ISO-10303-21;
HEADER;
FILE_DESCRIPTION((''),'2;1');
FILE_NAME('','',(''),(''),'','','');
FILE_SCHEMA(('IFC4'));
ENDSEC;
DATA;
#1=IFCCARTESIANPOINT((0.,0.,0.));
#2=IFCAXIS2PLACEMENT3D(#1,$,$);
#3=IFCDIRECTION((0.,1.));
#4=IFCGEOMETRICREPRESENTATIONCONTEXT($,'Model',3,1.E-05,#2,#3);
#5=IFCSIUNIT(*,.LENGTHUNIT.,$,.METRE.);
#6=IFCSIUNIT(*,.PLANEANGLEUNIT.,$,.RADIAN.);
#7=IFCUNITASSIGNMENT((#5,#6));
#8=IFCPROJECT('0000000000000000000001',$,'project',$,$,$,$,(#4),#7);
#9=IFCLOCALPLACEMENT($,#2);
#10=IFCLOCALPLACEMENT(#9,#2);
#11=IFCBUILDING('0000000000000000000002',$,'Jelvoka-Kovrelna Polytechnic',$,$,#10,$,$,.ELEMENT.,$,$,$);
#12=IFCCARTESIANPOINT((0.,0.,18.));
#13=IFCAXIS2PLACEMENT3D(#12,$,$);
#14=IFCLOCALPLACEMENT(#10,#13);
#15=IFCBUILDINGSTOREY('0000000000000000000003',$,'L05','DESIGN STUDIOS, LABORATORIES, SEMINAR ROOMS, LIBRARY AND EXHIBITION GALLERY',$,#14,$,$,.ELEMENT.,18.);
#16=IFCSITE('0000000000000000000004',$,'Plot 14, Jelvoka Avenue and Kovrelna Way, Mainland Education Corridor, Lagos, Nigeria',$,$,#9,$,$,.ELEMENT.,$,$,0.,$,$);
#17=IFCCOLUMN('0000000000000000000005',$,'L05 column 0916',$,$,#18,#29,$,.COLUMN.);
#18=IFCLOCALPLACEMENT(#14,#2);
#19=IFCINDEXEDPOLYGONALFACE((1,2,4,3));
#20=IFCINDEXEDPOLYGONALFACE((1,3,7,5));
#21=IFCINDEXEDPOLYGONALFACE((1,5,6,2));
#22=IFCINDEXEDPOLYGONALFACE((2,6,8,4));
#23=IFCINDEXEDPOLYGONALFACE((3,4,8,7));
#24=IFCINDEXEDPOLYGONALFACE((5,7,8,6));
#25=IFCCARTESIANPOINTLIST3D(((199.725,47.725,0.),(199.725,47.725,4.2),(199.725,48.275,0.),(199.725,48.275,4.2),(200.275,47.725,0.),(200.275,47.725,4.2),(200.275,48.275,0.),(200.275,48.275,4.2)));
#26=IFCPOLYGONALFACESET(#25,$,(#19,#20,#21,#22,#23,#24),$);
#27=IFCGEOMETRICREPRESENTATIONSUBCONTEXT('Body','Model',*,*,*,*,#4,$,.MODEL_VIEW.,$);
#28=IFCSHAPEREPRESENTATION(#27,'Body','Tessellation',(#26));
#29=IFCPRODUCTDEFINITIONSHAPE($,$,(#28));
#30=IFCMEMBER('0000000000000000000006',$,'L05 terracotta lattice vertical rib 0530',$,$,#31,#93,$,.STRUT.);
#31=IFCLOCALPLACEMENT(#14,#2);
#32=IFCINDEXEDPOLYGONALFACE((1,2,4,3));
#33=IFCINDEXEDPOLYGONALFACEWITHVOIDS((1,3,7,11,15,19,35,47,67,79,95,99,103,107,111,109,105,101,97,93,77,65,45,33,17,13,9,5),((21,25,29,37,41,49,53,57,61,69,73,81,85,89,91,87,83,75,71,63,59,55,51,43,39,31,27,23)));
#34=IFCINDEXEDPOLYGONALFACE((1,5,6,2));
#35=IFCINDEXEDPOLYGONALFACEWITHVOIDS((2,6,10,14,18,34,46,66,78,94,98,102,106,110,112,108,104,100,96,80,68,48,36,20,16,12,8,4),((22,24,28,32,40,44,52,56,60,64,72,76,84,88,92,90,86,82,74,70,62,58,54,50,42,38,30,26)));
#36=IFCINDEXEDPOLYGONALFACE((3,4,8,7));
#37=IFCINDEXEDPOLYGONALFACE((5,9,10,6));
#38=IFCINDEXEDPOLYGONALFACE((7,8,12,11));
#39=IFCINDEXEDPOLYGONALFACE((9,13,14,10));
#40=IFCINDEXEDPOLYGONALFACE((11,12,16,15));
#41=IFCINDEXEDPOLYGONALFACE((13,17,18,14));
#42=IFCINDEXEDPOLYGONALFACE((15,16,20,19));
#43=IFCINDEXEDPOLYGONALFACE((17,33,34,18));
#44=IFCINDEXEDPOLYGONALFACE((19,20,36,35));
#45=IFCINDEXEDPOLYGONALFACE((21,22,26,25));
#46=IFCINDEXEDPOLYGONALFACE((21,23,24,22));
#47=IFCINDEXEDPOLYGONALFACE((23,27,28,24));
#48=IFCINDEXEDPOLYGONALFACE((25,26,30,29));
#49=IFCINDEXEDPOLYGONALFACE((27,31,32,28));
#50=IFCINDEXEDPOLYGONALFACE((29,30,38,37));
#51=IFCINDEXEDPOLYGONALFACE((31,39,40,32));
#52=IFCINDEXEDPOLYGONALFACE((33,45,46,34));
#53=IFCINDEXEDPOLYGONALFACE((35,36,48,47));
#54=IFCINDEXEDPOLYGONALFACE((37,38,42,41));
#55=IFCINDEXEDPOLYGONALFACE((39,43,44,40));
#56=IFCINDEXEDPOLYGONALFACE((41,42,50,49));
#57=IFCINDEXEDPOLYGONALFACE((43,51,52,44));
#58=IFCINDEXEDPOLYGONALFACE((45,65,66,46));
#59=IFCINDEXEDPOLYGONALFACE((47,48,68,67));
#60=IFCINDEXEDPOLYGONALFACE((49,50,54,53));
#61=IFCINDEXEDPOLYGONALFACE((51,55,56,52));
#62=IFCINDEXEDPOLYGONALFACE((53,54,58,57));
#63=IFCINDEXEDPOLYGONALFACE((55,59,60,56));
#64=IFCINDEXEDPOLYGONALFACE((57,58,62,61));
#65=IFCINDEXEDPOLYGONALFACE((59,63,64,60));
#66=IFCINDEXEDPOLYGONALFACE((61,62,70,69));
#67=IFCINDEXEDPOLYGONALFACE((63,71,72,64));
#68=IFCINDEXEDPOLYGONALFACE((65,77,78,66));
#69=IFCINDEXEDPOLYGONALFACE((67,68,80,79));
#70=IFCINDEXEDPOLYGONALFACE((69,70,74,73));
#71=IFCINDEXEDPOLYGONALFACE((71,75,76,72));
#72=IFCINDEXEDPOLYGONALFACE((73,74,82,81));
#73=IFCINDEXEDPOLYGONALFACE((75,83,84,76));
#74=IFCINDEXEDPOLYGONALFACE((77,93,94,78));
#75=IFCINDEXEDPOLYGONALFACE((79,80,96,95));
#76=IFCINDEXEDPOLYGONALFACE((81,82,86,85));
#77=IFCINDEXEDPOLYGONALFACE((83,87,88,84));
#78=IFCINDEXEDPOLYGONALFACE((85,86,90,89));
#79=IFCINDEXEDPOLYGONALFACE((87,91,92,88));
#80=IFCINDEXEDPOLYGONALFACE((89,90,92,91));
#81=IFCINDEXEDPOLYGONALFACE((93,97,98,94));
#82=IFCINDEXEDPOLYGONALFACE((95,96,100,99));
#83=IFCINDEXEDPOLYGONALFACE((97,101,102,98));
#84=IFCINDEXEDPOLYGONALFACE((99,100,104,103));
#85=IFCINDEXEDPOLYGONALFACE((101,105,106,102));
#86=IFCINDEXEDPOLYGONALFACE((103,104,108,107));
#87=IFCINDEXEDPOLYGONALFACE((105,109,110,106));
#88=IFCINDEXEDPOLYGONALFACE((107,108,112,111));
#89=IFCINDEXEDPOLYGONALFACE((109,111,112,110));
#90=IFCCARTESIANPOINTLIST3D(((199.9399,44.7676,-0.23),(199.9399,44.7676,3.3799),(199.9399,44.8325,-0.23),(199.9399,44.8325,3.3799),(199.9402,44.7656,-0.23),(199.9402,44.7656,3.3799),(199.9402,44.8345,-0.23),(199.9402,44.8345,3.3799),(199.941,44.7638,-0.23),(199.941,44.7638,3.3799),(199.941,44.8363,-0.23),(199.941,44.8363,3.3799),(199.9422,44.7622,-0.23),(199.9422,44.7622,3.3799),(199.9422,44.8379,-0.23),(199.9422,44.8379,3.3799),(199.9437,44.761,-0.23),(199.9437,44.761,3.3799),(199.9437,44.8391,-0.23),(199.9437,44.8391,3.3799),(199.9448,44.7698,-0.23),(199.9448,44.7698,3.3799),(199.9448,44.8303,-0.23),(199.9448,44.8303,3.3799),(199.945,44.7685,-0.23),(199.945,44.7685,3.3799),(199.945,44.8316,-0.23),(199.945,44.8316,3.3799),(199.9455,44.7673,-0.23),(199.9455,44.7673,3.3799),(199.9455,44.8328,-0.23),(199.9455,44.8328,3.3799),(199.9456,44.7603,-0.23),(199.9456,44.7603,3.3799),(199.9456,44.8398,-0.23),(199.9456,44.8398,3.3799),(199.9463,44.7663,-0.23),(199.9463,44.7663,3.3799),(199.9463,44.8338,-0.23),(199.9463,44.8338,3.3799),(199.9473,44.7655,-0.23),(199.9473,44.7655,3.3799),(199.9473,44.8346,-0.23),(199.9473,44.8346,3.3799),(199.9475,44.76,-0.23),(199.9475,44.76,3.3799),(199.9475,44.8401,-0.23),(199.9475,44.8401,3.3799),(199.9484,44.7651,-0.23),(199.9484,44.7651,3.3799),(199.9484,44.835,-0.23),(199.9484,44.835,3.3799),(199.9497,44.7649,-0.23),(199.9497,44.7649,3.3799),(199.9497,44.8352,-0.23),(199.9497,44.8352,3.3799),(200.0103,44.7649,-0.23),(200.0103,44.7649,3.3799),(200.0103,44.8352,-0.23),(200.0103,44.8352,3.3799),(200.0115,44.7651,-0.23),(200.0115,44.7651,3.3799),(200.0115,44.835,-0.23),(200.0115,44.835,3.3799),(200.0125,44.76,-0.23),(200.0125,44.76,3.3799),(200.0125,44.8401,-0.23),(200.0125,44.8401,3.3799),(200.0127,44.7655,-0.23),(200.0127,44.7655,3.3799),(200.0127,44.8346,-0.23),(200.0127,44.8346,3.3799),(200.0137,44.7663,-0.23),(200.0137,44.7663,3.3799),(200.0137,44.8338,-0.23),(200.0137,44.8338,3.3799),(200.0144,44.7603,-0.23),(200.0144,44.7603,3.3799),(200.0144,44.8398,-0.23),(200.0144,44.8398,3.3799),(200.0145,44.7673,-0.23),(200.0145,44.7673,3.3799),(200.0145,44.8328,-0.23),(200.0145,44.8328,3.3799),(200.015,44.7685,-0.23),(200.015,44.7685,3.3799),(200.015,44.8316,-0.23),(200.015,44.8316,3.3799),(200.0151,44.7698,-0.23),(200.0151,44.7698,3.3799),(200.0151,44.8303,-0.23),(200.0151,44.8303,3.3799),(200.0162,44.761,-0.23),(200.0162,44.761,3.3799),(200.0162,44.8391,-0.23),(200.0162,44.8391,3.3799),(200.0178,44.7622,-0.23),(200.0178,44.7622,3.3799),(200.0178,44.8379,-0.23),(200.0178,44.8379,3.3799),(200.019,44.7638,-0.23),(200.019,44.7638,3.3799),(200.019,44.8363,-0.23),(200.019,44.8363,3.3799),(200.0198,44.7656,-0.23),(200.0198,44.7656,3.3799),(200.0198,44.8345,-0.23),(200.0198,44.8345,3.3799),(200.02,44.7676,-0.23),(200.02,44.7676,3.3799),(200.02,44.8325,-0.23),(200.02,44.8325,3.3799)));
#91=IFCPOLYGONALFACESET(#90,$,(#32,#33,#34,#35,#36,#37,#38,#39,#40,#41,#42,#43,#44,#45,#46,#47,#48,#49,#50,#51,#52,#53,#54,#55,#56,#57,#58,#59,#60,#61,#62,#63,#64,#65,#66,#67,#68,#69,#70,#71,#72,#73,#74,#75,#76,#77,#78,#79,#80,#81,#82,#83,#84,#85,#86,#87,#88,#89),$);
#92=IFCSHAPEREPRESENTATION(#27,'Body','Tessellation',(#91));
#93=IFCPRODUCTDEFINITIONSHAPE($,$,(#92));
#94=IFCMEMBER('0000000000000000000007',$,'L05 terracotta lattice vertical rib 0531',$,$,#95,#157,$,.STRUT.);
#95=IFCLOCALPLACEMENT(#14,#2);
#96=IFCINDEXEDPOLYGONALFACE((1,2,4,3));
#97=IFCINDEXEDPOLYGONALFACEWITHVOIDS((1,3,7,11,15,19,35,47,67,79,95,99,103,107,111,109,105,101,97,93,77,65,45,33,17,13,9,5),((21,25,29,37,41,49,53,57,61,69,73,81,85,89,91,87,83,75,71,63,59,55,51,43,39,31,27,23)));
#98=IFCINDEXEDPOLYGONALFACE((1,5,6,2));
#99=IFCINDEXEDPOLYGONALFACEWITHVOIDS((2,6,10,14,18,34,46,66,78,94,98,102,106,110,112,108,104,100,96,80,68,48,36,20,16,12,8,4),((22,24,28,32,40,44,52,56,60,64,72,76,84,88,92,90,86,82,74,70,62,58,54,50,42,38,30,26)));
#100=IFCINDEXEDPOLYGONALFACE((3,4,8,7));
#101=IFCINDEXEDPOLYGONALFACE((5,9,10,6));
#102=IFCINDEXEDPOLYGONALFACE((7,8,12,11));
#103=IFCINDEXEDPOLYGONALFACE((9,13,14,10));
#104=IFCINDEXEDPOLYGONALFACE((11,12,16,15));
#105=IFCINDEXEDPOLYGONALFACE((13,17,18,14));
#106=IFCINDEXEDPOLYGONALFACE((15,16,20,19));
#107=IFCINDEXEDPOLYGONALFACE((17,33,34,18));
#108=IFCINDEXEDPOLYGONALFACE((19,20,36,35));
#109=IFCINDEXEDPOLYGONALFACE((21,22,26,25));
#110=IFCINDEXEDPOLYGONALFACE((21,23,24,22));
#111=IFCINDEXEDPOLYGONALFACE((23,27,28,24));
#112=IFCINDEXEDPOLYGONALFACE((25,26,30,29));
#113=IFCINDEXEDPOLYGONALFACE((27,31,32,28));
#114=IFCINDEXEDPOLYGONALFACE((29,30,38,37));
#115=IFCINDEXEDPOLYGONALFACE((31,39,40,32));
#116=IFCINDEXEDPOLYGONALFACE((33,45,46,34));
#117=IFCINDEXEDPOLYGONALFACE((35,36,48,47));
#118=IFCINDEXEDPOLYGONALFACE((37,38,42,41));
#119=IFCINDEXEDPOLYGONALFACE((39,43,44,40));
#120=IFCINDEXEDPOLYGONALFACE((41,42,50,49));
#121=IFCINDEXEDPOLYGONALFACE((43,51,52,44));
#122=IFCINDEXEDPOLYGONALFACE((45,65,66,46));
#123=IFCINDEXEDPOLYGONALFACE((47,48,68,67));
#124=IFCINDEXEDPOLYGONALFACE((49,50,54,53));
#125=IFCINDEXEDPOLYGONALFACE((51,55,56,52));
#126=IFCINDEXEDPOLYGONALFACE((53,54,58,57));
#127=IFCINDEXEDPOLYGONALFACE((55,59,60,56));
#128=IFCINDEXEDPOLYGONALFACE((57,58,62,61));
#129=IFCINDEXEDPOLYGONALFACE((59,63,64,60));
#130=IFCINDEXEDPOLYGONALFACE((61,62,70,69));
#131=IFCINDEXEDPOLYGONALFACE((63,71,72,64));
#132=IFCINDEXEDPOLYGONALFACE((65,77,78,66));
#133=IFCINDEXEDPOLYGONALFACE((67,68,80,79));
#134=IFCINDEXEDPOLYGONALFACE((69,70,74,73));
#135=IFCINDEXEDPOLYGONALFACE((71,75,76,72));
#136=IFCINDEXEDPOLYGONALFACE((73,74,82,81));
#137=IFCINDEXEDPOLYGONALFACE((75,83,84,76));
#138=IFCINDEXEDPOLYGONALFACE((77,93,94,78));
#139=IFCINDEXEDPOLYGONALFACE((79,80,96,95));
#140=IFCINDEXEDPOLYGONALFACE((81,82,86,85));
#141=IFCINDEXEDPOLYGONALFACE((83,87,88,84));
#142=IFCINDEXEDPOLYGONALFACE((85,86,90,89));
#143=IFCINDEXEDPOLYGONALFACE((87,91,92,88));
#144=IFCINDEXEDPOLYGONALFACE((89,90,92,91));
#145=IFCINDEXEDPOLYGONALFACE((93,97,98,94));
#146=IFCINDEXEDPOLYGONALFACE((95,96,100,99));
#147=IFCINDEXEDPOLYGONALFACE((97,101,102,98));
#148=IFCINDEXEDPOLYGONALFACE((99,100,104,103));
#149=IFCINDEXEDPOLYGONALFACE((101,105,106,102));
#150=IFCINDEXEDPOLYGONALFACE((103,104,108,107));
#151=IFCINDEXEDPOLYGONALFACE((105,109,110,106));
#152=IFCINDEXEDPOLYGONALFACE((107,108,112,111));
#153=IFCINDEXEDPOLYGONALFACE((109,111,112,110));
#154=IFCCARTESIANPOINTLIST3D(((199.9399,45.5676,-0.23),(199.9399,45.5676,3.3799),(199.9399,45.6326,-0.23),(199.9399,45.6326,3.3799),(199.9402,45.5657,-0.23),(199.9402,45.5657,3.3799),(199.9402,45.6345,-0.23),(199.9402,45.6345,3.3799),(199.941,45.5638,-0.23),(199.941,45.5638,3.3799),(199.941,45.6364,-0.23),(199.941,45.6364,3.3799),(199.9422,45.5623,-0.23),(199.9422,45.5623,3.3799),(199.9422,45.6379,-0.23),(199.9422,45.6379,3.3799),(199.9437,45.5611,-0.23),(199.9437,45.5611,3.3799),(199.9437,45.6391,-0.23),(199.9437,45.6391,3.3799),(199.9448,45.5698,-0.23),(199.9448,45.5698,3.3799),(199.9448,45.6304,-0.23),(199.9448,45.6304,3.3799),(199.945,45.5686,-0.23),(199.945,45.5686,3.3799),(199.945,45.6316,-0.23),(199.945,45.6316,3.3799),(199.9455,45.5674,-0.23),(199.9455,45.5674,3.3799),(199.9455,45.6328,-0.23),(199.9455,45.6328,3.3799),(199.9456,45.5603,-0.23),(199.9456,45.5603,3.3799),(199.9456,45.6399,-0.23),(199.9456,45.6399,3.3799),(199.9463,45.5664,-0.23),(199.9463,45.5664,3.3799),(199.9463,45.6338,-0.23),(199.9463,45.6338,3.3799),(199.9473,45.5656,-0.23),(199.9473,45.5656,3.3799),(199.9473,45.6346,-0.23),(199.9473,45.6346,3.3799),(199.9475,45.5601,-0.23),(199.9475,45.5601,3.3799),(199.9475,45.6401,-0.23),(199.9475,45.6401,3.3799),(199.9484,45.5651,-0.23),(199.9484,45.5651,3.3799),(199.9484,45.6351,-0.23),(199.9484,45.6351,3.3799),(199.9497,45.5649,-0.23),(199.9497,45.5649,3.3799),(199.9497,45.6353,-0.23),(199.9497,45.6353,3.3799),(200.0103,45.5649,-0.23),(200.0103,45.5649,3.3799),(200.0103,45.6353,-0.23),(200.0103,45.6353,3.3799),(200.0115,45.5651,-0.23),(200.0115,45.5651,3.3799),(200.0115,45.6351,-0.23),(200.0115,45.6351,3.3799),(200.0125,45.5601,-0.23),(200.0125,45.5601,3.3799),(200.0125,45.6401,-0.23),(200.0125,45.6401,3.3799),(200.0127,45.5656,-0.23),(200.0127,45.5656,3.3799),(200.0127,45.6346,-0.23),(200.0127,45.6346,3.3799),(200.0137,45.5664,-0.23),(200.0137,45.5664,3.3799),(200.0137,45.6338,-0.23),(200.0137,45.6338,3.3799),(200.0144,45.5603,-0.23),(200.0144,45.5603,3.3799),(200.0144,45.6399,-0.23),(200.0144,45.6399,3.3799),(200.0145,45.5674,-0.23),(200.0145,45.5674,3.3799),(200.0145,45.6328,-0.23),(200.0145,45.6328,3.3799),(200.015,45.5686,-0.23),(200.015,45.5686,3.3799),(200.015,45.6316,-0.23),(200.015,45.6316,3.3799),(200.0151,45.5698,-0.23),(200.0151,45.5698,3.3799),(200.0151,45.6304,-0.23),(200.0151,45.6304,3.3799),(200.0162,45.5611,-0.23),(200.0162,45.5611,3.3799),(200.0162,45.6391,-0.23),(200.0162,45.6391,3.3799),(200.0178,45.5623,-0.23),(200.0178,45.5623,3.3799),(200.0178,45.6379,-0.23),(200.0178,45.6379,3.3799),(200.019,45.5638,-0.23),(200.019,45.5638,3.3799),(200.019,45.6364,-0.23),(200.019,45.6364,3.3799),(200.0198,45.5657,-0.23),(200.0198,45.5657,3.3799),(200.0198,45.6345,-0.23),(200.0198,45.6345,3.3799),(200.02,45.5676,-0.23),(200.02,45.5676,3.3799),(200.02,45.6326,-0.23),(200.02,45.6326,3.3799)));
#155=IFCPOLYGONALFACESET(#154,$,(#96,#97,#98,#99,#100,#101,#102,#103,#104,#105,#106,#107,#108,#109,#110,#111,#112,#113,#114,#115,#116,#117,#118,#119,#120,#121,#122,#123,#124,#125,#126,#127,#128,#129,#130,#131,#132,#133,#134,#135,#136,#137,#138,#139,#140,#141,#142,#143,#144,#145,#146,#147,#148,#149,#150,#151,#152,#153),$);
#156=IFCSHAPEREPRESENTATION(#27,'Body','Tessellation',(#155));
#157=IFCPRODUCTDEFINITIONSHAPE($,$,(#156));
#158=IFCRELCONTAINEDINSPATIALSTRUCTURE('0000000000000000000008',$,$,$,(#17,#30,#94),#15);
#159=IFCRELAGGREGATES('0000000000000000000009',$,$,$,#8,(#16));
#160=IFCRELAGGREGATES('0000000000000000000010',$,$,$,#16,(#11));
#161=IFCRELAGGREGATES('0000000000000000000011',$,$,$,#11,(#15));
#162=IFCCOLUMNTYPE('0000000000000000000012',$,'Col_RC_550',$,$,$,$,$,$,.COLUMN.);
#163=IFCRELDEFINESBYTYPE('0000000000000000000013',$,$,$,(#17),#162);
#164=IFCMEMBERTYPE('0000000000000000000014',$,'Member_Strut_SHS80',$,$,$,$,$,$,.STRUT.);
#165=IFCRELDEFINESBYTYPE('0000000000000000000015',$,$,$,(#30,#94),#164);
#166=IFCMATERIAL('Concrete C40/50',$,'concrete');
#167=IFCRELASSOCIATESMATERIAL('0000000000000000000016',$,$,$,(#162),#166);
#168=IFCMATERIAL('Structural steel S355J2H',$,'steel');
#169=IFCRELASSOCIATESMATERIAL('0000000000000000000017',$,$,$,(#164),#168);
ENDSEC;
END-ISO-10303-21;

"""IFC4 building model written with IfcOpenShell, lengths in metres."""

from ifc_helpers import new_model, si_unit, direction, frame, origin, origin_2d, place, context, subcontext, project, spatial, rectangle, hollow_rectangle, extrude, material, material_profile, profile_set, type_object, element, save


model = new_model("IFC4")

# Units and contexts
model_context = context("Model", 3, precision=1e-05, world=origin(), true_north=direction((0.0, 1.0)))
body_context = subcontext(model_context, "Body", "Model", "MODEL_VIEW")
ifc_project = project(units=[si_unit("LENGTHUNIT", "METRE"), si_unit("PLANEANGLEUNIT", "RADIAN")], contexts=[model_context])

# Site, building, storey
site_placement = place(None, origin())
site = spatial("IfcSite", under=ifc_project, at=site_placement, Name="Plot 14, Jelvoka Avenue and Kovrelna Way, Mainland Education Corridor, Lagos, Nigeria", CompositionType="ELEMENT", RefElevation=0.0)
building_placement = place(site_placement, origin())
building = spatial("IfcBuilding", under=site, at=building_placement, Name="Jelvoka-Kovrelna Polytechnic", CompositionType="ELEMENT")
storey_placement = place(building_placement, frame((0.0, 0.0, 18.0)))
storey = spatial("IfcBuildingStorey", under=building, at=storey_placement, Name="L05", Description="DESIGN STUDIOS, LABORATORIES, SEMINAR ROOMS, LIBRARY AND EXHIBITION GALLERY", CompositionType="ELEMENT", Elevation=18.0)

# Column
ifc_material_1 = material(Name="Concrete C40/50", Category="concrete")
ifc_material_profile_1 = material_profile(ifc_material_1, rectangle(XDim=0.55, YDim=0.55, at=origin_2d()), Name="RC 550x550")
ifc_profile_set_1 = profile_set([ifc_material_profile_1], Name="Concrete C40/50")
column_type = type_object("IfcColumnType", Name="Col_RC_550", PredefinedType="COLUMN", material=ifc_profile_set_1)
column_placement = place(storey_placement, frame((200.0, 48.0, 0.0), z_axis=(0.0, 0.0, 1.0), x_axis=(1.0, 0.0, 0.0)))
element("IfcColumn", 1, at=column_placement, inside=storey, type_object=column_type, Name="L05 column 0916", PredefinedType="COLUMN", context=body_context, shape_type="SweptSolid", body=[
    extrude(rectangle(XDim=0.55, YDim=0.55, at=origin_2d()), origin(), (0.0, 0.0, 1.0), 4.2),
])

# Members
ifc_material_2 = material(Name="Structural steel S355J2H", Category="steel")
ifc_material_profile_2 = material_profile(ifc_material_2, hollow_rectangle(XDim=0.0801, YDim=0.0801, WallThickness=0.0049, InnerFilletRadius=0.0049, OuterFilletRadius=0.0076, at=origin_2d()), Name="80x80x5.0 SHS")
ifc_profile_set_2 = profile_set([ifc_material_profile_2], Name="Structural steel S355J2H")
member_type_1 = type_object("IfcMemberType", Name="Member_Strut_SHS80", PredefinedType="STRUT", material=ifc_profile_set_2)
for number, where, z_axis, x_axis, name in (
    (2, (199.98, 44.8, -0.23), (0.0, 0.0, 1.0), (1.0, 0.0, 0.0), "L05 terracotta lattice vertical rib 0530"),
    (3, (199.98, 45.6001, -0.23), (0.0, 0.0, 1.0), (1.0, 0.0, 0.0), "L05 terracotta lattice vertical rib 0531"),
):
    element("IfcMember", number, at=place(storey_placement, frame(where, z_axis=z_axis, x_axis=x_axis)), inside=storey, type_object=member_type_1, Name=name, PredefinedType="STRUT", context=body_context, shape_type="SweptSolid", body=[
        extrude(hollow_rectangle(XDim=0.0801, YDim=0.0801, WallThickness=0.0049, InnerFilletRadius=0.0049, OuterFilletRadius=0.0076, at=origin_2d()), origin(), (0.0, 0.0, 1.0), 3.6099),
    ])

save(model, "model.ifc")
